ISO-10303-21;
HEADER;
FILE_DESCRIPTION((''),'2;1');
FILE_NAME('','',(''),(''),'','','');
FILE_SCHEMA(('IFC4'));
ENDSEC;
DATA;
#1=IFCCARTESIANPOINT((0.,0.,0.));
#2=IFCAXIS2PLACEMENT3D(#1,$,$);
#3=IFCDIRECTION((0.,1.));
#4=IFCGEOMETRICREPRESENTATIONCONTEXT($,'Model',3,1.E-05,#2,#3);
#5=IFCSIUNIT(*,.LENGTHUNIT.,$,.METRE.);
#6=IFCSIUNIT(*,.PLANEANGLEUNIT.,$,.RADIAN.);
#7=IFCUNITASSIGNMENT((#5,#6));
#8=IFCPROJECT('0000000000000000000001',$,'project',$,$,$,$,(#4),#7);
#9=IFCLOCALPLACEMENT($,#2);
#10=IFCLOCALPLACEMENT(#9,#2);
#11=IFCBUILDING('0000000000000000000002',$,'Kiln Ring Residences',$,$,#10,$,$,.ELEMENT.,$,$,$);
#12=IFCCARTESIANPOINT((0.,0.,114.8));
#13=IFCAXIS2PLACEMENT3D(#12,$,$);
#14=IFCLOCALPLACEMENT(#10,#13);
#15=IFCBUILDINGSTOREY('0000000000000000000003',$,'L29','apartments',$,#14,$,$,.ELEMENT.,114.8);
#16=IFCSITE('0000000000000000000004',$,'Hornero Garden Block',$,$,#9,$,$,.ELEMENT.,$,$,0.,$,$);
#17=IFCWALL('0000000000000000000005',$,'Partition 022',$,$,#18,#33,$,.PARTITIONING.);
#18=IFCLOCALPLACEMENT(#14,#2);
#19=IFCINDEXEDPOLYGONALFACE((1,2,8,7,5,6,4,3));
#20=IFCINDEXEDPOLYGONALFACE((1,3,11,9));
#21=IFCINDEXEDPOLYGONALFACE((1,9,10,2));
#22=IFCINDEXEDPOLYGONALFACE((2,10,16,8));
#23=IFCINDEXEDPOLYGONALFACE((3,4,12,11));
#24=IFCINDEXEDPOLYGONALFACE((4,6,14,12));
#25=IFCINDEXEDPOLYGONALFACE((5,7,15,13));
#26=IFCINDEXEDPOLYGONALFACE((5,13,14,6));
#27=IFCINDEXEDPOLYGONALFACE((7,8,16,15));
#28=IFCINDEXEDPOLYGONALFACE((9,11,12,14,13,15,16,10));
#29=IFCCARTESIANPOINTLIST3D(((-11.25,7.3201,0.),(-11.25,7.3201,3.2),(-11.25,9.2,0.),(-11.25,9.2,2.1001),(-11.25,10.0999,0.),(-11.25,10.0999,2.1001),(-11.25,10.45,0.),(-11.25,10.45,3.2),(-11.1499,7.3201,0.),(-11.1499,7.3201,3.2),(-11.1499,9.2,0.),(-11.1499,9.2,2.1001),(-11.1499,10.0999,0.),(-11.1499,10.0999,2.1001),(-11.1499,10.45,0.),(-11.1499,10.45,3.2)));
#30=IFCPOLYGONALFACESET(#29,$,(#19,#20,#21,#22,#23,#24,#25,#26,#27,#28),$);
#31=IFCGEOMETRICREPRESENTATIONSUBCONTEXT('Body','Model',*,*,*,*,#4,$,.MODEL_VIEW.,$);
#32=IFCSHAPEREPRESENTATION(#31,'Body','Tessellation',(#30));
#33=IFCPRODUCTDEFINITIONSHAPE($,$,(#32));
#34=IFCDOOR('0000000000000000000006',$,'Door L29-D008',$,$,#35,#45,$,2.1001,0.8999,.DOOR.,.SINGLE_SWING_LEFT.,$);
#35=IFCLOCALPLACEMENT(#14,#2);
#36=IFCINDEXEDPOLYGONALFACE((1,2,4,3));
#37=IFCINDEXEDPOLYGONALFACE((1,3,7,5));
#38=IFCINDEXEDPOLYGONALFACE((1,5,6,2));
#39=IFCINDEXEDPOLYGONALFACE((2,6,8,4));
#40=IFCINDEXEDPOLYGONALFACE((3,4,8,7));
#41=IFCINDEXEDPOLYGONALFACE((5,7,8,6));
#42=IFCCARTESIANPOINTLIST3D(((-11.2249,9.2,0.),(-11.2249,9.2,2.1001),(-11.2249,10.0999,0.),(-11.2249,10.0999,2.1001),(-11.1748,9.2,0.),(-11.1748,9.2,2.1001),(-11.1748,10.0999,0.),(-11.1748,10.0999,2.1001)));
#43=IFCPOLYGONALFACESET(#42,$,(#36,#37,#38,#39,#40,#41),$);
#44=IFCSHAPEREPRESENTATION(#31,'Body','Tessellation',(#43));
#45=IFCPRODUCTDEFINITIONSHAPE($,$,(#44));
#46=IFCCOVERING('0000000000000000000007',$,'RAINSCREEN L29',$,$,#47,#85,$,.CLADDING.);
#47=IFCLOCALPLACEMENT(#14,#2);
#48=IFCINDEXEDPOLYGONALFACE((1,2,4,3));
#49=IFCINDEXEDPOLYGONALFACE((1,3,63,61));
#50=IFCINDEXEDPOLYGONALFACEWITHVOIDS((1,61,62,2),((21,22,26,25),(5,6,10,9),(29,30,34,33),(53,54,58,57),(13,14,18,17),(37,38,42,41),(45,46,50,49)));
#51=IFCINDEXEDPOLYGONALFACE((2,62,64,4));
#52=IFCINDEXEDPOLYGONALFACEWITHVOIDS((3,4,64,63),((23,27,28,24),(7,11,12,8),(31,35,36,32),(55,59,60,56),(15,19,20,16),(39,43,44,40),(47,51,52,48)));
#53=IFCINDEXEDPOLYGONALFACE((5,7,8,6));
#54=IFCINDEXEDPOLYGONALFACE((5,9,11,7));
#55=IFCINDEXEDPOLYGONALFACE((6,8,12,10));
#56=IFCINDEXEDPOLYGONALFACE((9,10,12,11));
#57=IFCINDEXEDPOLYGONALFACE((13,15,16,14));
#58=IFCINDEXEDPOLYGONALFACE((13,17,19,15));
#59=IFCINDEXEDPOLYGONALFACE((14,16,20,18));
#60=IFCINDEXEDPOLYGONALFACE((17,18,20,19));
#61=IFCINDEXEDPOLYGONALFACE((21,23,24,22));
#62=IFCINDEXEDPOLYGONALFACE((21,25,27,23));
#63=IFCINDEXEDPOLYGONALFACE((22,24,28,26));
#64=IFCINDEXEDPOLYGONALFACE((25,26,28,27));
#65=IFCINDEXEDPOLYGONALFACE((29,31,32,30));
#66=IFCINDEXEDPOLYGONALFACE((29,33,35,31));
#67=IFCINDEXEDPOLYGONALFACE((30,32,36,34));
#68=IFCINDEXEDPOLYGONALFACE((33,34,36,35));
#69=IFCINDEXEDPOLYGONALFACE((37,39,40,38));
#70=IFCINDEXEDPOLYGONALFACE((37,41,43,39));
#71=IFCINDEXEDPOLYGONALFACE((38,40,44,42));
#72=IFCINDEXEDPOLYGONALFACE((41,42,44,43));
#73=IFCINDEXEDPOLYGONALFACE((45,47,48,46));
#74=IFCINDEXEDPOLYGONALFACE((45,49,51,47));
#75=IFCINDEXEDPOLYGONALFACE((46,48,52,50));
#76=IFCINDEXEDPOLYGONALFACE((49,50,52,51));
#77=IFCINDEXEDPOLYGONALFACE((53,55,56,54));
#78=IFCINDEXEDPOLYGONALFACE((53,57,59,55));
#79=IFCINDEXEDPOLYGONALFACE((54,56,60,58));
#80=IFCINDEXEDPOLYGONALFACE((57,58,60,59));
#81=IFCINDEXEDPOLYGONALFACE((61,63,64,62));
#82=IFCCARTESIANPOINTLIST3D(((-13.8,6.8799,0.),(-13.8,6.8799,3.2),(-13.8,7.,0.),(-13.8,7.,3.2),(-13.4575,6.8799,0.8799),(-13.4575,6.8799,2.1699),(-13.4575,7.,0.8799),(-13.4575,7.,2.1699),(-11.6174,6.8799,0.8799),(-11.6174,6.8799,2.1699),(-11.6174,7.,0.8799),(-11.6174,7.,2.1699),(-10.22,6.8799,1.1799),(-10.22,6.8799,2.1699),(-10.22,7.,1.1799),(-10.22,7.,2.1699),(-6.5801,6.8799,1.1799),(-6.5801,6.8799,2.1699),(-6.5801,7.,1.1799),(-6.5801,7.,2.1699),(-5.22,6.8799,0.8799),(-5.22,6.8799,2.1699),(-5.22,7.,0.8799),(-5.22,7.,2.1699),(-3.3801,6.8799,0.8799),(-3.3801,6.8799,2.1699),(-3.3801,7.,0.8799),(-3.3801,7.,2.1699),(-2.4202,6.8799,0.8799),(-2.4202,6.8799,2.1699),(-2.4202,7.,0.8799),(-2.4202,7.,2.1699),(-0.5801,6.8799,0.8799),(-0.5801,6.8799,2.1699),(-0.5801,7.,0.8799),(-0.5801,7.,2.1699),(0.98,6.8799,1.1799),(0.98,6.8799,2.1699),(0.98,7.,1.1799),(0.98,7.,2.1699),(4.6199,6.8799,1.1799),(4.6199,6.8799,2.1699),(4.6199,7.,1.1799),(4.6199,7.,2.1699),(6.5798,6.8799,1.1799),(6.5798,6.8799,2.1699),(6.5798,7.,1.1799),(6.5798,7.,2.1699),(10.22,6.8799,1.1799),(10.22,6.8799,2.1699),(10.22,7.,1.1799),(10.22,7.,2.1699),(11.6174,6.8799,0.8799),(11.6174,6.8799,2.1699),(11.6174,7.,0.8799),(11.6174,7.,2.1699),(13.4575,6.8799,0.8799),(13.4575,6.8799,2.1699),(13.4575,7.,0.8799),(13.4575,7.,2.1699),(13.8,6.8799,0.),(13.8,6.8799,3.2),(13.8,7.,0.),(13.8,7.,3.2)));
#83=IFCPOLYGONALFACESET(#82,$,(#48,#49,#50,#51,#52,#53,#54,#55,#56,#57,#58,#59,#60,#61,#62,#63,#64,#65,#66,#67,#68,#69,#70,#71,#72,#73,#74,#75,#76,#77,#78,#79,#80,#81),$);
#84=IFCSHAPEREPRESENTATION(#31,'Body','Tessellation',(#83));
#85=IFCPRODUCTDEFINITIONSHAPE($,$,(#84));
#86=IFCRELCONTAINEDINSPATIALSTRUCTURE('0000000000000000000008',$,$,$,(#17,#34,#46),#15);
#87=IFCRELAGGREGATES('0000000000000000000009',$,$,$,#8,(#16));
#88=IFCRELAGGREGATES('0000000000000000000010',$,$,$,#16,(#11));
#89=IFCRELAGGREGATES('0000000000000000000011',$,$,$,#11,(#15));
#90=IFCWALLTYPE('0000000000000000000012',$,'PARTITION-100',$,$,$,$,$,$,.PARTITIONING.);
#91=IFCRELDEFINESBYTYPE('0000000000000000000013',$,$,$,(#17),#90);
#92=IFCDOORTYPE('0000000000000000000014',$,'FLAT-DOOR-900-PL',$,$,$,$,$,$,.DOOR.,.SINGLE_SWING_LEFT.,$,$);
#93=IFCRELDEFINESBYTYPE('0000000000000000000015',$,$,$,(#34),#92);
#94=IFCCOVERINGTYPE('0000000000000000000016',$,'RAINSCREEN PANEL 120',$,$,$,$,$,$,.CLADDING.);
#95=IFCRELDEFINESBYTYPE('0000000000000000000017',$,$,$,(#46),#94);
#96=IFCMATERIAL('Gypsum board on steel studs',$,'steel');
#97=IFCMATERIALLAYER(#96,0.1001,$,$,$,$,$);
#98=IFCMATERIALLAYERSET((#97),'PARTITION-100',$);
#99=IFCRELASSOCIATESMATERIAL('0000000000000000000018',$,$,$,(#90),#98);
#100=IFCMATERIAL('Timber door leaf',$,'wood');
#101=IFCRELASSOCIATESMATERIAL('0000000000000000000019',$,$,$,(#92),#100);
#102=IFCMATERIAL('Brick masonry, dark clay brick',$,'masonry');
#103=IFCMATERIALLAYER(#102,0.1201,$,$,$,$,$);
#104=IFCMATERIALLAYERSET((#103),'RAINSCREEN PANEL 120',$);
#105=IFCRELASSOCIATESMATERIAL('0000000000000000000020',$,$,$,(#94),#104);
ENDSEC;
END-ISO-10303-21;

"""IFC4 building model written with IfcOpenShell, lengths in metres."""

from ifc_helpers import new_model, si_unit, direction, frame, frame_2d, origin, place, context, subcontext, project, spatial, polyline, rectangle, outline, extrude, material, layer, layer_set, type_object, element, fill, save


model = new_model("IFC4")

# Units and contexts
model_context = context("Model", 3, precision=1e-05, world=origin(), true_north=direction((0.0, 1.0)))
body_context = subcontext(model_context, "Body", "Model", "MODEL_VIEW")
ifc_project = project(units=[si_unit("LENGTHUNIT", "METRE"), si_unit("PLANEANGLEUNIT", "RADIAN")], contexts=[model_context])

# Site, building, storey
site_placement = place(None, origin())
site = spatial("IfcSite", under=ifc_project, at=site_placement, Name="Hornero Garden Block", CompositionType="ELEMENT", RefElevation=0.0)
building_placement = place(site_placement, origin())
building = spatial("IfcBuilding", under=site, at=building_placement, Name="Kiln Ring Residences", CompositionType="ELEMENT")
storey_placement = place(building_placement, frame((0.0, 0.0, 114.8)))
storey = spatial("IfcBuildingStorey", under=building, at=storey_placement, Name="L29", Description="apartments", CompositionType="ELEMENT", Elevation=114.8)

# Shared definitions
ifc_material_1 = material(Name="Gypsum board on steel studs", Category="steel")
ifc_layer_1 = layer(ifc_material_1, 0.1001)
ifc_layer_set_1 = layer_set([ifc_layer_1], Name="PARTITION-100")
wall_type_1 = type_object("IfcWallType", Name="PARTITION-100", PredefinedType="PARTITIONING", material=ifc_layer_set_1)
ifc_material_2 = material(Name="Timber door leaf", Category="wood")
door_type_1 = type_object("IfcDoorType", Name="FLAT-DOOR-900-PL", OperationType="SINGLE_SWING_LEFT", PredefinedType="DOOR", material=ifc_material_2)

# Wall, opening, door
wall_1_placement = place(storey_placement, frame((-11.2, 7.3201, 0.0), z_axis=(0.0, 0.0, 1.0), x_axis=(0.0, 1.0, 0.0)))
wall_1 = element("IfcWall", 1, at=wall_1_placement, inside=storey, type_object=wall_type_1, Name="Partition 022", PredefinedType="PARTITIONING", context=body_context, shape_type="SweptSolid", body=[
    extrude(rectangle(XDim=3.1299, YDim=0.1001, at=frame_2d((1.5649, 0.0))), origin(), (0.0, 0.0, 1.0), 3.2),
])
opening_1_placement = place(wall_1_placement, frame((1.8799, 0.0, 0.0)))
opening_1 = element("IfcOpeningElement", 2, at=opening_1_placement, cuts=wall_1, PredefinedType="OPENING", context=body_context, shape_type="SweptSolid", body=[
    extrude(rectangle(XDim=0.8999, YDim=2.1001, at=frame_2d((0.45, 1.05))), frame((0.0, 0.0601, 0.0), z_axis=(0.0, -1.0, 0.0), x_axis=(1.0, 0.0, 0.0)), (0.0, 0.0, 1.0), 0.1201),
])
door_1_placement = place(opening_1_placement, origin())
door_1 = element("IfcDoor", 3, at=door_1_placement, inside=storey, type_object=door_type_1, Name="Door L29-D008", OperationType="SINGLE_SWING_LEFT", OverallHeight=2.1001, OverallWidth=0.8999, PredefinedType="DOOR", context=body_context, shape_type="SweptSolid", body=[
    extrude(rectangle(XDim=0.8999, YDim=2.1001, at=frame_2d((0.45, 1.05))), frame((0.0, 0.0249, 0.0), z_axis=(0.0, -1.0, 0.0), x_axis=(1.0, 0.0, 0.0)), (0.0, 0.0, 1.0), 0.05),
])
fill(opening_1, door_1)

# Covering
ifc_material_3 = material(Name="Brick masonry, dark clay brick", Category="masonry")
ifc_layer_2 = layer(ifc_material_3, 0.1201)
ifc_layer_set_2 = layer_set([ifc_layer_2], Name="RAINSCREEN PANEL 120")
covering_type = type_object("IfcCoveringType", Name="RAINSCREEN PANEL 120", PredefinedType="CLADDING", material=ifc_layer_set_2)
covering_placement = place(storey_placement, frame((-13.8, 6.9399, 0.0), z_axis=(0.0, 0.0, 1.0), x_axis=(1.0, 0.0, 0.0)))
element("IfcCovering", 4, at=covering_placement, inside=storey, type_object=covering_type, Name="RAINSCREEN L29", PredefinedType="CLADDING", context=body_context, shape_type="SweptSolid", body=[
    extrude(outline(polyline([(0.0, 0.0), (27.6001, 0.0), (27.6001, 3.2), (0.0, 3.2), (0.0, 0.0)]), holes=[polyline([(2.1826, 0.8799), (2.1826, 2.1699), (0.3425, 2.1699), (0.3425, 0.8799), (2.1826, 0.8799)]), polyline([(8.5801, 0.8799), (10.4199, 0.8799), (10.4199, 2.1699), (8.5801, 2.1699), (8.5801, 0.8799)]), polyline([(11.3799, 0.8799), (13.22, 0.8799), (13.22, 2.1699), (11.3799, 2.1699), (11.3799, 0.8799)]), polyline([(25.4175, 0.8799), (27.2576, 0.8799), (27.2576, 2.1699), (25.4175, 2.1699), (25.4175, 0.8799)]), polyline([(3.5801, 1.1799), (7.22, 1.1799), (7.22, 2.1699), (3.5801, 2.1699), (3.5801, 1.1799)]), polyline([(14.78, 1.1799), (18.4199, 1.1799), (18.4199, 2.1699), (14.78, 2.1699), (14.78, 1.1799)]), polyline([(20.3799, 1.1799), (24.02, 1.1799), (24.02, 2.1699), (20.3799, 2.1699), (20.3799, 1.1799)])]), frame((0.0, 0.0601, 0.0), z_axis=(0.0, -1.0, 0.0), x_axis=(1.0, 0.0, 0.0)), (0.0, 0.0, 1.0), 0.1201),
])

save(model, "model.ifc")
